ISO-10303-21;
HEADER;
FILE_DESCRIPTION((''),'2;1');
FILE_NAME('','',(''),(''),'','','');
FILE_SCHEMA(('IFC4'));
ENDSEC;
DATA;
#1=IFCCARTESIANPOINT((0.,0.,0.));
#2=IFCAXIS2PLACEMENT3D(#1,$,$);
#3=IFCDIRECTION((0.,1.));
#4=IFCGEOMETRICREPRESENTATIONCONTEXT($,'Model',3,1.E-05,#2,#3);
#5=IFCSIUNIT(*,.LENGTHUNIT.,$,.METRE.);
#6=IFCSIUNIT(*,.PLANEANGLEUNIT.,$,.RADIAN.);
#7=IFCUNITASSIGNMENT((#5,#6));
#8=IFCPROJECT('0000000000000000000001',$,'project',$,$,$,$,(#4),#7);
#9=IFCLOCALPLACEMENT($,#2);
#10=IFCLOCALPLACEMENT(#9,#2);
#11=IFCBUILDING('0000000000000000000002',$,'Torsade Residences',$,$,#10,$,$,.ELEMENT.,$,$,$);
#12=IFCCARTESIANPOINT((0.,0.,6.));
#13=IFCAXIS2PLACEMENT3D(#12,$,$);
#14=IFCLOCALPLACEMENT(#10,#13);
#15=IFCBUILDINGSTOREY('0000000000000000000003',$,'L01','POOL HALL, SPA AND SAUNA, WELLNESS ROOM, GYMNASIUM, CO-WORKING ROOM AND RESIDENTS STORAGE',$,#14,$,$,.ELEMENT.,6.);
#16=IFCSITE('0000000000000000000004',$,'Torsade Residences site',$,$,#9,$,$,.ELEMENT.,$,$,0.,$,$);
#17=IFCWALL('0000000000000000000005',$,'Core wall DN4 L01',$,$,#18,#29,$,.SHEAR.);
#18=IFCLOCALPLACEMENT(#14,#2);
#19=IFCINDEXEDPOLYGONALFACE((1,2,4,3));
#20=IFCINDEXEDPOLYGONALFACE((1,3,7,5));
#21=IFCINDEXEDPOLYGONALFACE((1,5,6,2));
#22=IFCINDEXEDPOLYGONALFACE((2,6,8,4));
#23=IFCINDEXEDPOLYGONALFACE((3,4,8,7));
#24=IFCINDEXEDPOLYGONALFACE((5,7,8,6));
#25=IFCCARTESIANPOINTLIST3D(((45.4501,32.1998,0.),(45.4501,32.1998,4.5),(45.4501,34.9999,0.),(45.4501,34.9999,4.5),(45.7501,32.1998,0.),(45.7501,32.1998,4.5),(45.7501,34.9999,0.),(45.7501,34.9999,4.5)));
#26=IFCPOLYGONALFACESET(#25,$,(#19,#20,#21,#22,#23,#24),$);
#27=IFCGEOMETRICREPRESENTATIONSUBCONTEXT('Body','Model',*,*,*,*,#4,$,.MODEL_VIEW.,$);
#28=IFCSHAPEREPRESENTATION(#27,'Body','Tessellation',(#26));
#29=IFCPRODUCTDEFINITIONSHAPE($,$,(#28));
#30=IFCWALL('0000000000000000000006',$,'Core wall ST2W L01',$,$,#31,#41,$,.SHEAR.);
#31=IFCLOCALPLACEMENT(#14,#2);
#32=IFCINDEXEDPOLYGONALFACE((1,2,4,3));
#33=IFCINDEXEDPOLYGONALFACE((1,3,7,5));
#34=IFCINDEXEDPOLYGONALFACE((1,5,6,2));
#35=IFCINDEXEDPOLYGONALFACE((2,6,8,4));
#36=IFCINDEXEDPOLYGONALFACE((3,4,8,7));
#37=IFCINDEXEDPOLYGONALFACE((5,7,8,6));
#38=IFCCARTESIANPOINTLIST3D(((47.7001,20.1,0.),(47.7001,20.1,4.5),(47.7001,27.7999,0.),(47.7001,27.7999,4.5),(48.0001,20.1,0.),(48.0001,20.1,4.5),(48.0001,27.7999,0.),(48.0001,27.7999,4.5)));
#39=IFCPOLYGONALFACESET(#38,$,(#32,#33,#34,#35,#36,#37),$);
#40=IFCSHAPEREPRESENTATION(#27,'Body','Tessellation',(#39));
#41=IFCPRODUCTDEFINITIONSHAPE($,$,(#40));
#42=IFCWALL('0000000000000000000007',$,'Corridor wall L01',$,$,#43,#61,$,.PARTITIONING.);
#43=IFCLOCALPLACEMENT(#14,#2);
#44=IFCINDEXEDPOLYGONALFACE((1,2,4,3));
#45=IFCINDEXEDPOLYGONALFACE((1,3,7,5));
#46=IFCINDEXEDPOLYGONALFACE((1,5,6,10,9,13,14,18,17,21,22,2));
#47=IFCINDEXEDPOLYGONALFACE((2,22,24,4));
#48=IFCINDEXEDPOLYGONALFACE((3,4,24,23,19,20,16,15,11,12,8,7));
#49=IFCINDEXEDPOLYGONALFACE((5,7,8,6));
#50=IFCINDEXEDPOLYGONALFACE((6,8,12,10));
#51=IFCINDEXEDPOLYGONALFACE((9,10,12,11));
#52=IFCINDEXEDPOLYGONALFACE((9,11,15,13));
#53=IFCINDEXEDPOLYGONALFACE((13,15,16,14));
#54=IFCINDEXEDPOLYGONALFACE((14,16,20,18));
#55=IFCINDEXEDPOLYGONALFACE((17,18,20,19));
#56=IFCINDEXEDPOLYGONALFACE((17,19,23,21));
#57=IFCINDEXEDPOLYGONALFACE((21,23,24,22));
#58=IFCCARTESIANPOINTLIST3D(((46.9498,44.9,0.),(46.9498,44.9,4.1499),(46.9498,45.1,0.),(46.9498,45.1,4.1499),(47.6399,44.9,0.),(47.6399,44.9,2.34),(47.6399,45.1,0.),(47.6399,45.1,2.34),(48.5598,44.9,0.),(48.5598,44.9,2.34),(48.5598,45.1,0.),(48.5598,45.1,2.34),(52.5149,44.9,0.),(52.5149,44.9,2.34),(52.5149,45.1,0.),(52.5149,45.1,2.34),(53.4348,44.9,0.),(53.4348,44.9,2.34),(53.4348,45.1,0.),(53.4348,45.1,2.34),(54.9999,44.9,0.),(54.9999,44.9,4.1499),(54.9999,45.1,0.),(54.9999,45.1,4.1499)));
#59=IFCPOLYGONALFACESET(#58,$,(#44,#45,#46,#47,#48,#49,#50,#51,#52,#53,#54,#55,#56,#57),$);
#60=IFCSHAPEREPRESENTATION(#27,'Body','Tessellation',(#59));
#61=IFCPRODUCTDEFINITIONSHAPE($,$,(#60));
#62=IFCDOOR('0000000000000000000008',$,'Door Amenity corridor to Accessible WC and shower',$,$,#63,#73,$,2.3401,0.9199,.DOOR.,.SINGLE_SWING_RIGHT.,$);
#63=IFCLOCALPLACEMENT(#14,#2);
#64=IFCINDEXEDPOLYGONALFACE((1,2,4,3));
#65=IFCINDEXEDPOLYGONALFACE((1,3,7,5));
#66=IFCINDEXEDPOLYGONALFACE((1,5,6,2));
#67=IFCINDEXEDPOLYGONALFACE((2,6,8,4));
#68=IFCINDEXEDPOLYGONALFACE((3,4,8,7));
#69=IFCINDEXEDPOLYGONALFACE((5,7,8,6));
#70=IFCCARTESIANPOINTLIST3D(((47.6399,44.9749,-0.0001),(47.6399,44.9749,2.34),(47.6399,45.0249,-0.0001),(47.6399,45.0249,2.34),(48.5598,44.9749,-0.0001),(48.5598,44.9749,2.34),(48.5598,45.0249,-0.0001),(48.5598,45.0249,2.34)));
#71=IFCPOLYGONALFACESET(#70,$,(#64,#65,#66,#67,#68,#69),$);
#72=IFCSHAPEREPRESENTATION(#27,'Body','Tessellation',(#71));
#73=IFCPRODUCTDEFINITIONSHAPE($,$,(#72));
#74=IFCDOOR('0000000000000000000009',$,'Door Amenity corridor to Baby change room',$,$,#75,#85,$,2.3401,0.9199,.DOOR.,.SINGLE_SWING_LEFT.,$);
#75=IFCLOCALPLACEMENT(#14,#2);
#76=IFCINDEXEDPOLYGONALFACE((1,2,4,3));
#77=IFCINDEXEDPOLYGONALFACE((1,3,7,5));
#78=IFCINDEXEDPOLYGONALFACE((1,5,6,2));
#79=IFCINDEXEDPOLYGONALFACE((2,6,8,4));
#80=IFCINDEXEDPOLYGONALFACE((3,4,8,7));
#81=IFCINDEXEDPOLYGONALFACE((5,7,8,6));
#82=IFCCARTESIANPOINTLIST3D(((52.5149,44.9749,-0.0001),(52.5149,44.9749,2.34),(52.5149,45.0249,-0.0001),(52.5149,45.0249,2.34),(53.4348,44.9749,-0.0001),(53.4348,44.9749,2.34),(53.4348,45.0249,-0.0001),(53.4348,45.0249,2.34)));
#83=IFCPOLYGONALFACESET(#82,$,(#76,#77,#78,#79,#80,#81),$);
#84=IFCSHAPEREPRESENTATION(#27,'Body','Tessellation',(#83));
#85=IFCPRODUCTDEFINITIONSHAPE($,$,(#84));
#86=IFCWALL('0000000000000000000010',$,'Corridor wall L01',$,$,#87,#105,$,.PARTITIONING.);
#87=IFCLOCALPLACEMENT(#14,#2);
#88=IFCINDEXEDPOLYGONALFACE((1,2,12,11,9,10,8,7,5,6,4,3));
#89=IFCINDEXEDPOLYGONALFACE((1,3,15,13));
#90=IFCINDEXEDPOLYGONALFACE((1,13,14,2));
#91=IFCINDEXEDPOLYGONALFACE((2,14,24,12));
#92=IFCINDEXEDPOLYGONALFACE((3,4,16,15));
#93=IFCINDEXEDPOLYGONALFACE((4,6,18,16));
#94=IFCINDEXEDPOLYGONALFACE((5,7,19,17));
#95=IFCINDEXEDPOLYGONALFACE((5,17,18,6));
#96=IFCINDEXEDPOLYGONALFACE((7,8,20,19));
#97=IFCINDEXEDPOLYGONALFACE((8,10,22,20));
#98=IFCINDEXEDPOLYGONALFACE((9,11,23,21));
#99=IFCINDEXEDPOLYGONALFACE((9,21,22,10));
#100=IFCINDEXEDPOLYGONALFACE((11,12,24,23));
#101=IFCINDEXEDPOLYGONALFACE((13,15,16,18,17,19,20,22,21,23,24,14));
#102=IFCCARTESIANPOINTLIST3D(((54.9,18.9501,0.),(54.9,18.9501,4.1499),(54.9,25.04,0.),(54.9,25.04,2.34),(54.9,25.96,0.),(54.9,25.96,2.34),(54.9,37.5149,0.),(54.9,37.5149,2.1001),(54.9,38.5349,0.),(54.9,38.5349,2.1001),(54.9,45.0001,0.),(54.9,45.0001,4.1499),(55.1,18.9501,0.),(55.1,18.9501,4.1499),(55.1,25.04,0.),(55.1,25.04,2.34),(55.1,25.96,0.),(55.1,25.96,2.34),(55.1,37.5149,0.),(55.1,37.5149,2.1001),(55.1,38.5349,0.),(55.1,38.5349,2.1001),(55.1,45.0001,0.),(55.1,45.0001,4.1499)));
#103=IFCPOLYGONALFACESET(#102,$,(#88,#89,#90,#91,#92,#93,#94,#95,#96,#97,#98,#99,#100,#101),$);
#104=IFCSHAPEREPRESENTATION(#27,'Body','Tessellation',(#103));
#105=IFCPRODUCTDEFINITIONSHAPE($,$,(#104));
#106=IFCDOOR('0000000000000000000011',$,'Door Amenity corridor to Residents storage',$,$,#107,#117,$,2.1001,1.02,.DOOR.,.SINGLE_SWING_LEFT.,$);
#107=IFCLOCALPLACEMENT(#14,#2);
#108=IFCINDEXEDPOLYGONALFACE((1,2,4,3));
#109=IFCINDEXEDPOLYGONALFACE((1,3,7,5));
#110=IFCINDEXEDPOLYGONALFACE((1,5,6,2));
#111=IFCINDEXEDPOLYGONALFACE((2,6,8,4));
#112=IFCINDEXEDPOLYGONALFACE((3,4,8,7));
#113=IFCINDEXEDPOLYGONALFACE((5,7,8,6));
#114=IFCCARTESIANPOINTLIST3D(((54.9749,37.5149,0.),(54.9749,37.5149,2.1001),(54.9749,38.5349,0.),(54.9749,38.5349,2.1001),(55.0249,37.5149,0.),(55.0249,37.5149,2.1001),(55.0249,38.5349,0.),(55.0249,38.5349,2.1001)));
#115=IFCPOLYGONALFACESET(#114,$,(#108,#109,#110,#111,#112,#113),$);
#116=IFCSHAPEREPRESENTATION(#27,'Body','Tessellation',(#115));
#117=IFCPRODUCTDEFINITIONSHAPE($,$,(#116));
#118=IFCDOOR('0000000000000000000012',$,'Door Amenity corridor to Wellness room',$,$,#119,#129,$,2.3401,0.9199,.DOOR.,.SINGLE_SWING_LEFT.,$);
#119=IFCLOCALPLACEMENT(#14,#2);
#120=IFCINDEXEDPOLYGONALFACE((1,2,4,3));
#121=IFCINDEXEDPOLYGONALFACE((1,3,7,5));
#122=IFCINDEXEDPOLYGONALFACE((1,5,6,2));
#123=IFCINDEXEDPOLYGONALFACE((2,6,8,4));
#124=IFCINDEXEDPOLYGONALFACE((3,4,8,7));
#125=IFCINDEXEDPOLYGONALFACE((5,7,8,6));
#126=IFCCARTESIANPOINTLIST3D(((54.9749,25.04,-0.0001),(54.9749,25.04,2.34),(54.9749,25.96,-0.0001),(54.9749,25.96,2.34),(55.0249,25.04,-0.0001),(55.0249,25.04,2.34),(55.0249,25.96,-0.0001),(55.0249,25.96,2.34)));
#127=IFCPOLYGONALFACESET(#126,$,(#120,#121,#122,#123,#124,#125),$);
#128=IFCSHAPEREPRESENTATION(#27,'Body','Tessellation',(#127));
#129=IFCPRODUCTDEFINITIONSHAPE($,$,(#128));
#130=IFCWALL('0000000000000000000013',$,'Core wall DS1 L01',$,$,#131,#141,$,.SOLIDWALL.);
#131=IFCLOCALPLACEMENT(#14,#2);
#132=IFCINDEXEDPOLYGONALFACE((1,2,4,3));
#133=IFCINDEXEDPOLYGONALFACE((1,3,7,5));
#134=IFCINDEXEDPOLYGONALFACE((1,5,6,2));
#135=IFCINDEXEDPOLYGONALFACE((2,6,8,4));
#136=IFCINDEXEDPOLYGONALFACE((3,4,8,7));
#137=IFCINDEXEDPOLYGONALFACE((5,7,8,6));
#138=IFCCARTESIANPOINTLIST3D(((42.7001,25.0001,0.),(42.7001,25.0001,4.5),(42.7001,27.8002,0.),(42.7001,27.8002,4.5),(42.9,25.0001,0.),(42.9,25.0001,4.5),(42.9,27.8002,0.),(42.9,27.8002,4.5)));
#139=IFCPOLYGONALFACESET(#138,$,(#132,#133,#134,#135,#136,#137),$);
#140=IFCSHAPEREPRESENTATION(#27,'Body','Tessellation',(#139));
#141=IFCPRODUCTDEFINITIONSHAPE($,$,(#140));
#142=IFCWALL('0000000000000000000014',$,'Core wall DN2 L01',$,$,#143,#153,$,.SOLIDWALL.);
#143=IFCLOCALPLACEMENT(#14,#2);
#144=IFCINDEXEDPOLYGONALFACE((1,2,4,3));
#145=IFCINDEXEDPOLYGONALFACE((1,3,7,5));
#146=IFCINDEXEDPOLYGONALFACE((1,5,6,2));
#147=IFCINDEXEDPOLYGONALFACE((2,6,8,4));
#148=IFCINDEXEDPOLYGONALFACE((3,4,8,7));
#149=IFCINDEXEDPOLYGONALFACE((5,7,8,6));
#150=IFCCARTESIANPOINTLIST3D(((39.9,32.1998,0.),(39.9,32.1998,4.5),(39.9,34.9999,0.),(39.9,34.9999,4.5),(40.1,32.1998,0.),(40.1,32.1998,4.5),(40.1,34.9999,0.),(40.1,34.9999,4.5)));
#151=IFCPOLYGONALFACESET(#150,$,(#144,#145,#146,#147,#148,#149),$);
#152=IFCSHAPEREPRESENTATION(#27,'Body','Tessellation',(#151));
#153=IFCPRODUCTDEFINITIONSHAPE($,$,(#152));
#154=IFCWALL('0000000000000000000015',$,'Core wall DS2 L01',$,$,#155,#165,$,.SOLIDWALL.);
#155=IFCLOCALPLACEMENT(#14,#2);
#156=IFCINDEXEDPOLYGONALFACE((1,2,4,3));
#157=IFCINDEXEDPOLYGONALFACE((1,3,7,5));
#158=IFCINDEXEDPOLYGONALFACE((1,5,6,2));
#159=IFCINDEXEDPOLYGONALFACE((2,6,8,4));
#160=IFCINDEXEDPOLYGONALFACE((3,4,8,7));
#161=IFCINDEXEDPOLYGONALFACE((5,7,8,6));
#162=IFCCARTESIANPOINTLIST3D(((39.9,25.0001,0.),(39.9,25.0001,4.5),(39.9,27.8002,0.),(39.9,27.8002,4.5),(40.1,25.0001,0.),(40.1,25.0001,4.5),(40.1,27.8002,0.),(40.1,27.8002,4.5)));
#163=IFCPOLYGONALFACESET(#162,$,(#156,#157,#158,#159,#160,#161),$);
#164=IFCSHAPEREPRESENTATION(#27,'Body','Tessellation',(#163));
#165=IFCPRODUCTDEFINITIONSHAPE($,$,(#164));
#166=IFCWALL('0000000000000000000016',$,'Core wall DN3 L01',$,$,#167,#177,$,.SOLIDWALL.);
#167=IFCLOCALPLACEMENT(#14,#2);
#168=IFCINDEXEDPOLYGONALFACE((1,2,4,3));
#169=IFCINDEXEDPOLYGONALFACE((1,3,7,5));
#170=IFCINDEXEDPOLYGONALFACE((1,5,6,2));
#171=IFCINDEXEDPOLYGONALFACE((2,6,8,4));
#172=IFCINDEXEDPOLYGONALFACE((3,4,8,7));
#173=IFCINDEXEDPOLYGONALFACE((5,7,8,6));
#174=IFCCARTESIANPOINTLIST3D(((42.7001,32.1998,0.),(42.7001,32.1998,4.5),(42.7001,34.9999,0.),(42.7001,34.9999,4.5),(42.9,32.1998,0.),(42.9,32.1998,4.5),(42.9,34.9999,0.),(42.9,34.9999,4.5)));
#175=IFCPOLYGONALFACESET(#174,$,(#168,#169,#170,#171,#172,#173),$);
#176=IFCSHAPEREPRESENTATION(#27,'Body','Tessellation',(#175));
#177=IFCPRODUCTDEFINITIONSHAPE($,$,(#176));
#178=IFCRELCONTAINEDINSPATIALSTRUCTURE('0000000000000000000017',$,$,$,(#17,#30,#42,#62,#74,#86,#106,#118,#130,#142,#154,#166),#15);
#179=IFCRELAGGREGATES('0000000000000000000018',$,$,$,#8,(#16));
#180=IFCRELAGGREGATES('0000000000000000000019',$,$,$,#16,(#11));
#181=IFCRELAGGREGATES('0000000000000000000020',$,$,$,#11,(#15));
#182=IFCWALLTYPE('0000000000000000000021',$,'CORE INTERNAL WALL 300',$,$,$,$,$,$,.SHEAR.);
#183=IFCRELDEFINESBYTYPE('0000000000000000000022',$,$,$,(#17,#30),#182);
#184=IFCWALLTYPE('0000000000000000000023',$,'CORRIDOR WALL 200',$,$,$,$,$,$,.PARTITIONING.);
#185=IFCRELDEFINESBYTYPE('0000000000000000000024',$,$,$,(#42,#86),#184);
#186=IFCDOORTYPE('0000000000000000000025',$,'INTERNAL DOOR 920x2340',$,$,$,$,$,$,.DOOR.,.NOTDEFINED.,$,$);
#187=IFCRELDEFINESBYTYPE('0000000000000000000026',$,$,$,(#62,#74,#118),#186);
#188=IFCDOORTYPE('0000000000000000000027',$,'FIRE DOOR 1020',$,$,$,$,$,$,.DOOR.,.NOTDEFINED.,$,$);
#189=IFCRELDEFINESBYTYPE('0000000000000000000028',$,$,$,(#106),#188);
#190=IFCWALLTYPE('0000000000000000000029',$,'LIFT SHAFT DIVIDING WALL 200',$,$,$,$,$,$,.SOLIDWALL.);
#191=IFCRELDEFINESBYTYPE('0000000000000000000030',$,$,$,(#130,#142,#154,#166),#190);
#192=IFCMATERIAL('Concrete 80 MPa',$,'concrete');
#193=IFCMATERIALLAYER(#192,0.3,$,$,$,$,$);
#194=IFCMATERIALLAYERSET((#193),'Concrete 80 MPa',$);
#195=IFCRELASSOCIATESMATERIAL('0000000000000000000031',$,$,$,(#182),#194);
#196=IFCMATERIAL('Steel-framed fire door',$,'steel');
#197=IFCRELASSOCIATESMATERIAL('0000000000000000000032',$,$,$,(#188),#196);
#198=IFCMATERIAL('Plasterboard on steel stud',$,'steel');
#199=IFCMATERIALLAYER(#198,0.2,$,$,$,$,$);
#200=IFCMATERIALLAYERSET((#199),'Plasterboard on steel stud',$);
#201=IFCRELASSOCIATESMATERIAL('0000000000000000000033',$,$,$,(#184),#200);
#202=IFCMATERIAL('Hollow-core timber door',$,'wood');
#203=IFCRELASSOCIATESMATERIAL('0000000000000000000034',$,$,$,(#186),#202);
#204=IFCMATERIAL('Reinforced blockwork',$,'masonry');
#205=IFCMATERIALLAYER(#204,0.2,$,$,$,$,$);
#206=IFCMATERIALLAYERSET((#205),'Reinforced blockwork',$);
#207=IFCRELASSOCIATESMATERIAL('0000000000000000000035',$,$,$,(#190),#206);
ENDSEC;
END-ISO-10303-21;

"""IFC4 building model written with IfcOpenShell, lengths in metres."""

from ifc_helpers import new_model, si_unit, direction, frame, frame_2d, origin, place, context, subcontext, project, spatial, rectangle, extrude, material, layer, layer_set, type_object, element, fill, save


model = new_model("IFC4")

# Units and contexts
model_context = context("Model", 3, precision=1e-05, world=origin(), true_north=direction((0.0, 1.0)))
body_context = subcontext(model_context, "Body", "Model", "MODEL_VIEW")
ifc_project = project(units=[si_unit("LENGTHUNIT", "METRE"), si_unit("PLANEANGLEUNIT", "RADIAN")], contexts=[model_context])

# Site, building, storey
site_placement = place(None, origin())
site = spatial("IfcSite", under=ifc_project, at=site_placement, Name="Torsade Residences site", CompositionType="ELEMENT", RefElevation=0.0)
building_placement = place(site_placement, origin())
building = spatial("IfcBuilding", under=site, at=building_placement, Name="Torsade Residences", CompositionType="ELEMENT")
storey_placement = place(building_placement, frame((0.0, 0.0, 6.0)))
storey = spatial("IfcBuildingStorey", under=building, at=storey_placement, Name="L01", Description="POOL HALL, SPA AND SAUNA, WELLNESS ROOM, GYMNASIUM, CO-WORKING ROOM AND RESIDENTS STORAGE", CompositionType="ELEMENT", Elevation=6.0)

# Shared definitions
ifc_material_1 = material(Name="Concrete 80 MPa", Category="concrete")
ifc_layer_1 = layer(ifc_material_1, 0.3)
ifc_layer_set_1 = layer_set([ifc_layer_1], Name="Concrete 80 MPa")
wall_type_1 = type_object("IfcWallType", Name="CORE INTERNAL WALL 300", PredefinedType="SHEAR", material=ifc_layer_set_1)
ifc_material_2 = material(Name="Steel-framed fire door", Category="steel")
door_type_1 = type_object("IfcDoorType", Name="FIRE DOOR 1020", OperationType="NOTDEFINED", PredefinedType="DOOR", material=ifc_material_2)

# Walls
for number, where, z_axis, x_axis, name in (
    (1, (45.6001, 32.2, 0.0), (0.0, 0.0, 1.0), (0.0, 1.0, 0.0), "Core wall DN4 L01"),
):
    element("IfcWall", number, at=place(storey_placement, frame(where, z_axis=z_axis, x_axis=x_axis)), inside=storey, type_object=wall_type_1, Name=name, PredefinedType="SHEAR", context=body_context, shape_type="SweptSolid", body=[
        extrude(rectangle(XDim=2.8, YDim=0.3, at=frame_2d((1.3999, 0.0))), origin(), (0.0, 0.0, 1.0), 4.5),
    ])
wall_1_placement = place(storey_placement, frame((47.8501, 27.8, 0.0), z_axis=(0.0, 0.0, 1.0), x_axis=(0.0, -1.0, 0.0)))
element("IfcWall", 2, at=wall_1_placement, inside=storey, type_object=wall_type_1, Name="Core wall ST2W L01", PredefinedType="SHEAR", context=body_context, shape_type="SweptSolid", body=[
    extrude(rectangle(XDim=7.7, YDim=0.3, at=frame_2d((3.8501, 0.0))), origin(), (0.0, 0.0, 1.0), 4.5),
])

# Walls, openings, doors
ifc_material_3 = material(Name="Plasterboard on steel stud", Category="steel")
ifc_layer_2 = layer(ifc_material_3, 0.2)
ifc_layer_set_2 = layer_set([ifc_layer_2], Name="Plasterboard on steel stud")
wall_type_2 = type_object("IfcWallType", Name="CORRIDOR WALL 200", PredefinedType="PARTITIONING", material=ifc_layer_set_2)
wall_2_placement = place(storey_placement, frame((46.95, 45.0, 0.0), z_axis=(0.0, 0.0, 1.0), x_axis=(1.0, 0.0, 0.0)))
wall_2 = element("IfcWall", 3, at=wall_2_placement, inside=storey, type_object=wall_type_2, Name="Corridor wall L01", PredefinedType="PARTITIONING", context=body_context, shape_type="SweptSolid", body=[
    extrude(rectangle(XDim=8.05, YDim=0.2, at=frame_2d((4.0249, 0.0))), origin(), (0.0, 0.0, 1.0), 4.1499),
])
opening_1_placement = place(wall_2_placement, frame((0.6899, 0.0, 0.0)))
opening_1 = element("IfcOpeningElement", 4, at=opening_1_placement, cuts=wall_2, PredefinedType="OPENING", context=body_context, shape_type="SweptSolid", body=[
    extrude(rectangle(XDim=0.9199, YDim=2.3401, at=frame_2d((0.46, 1.1699))), frame((0.0, 0.1099, 0.0), z_axis=(0.0, -1.0, 0.0), x_axis=(1.0, 0.0, 0.0)), (0.0, 0.0, 1.0), 0.22),
])
opening_2_placement = place(wall_2_placement, frame((5.5649, 0.0, 0.0)))
opening_2 = element("IfcOpeningElement", 5, at=opening_2_placement, cuts=wall_2, PredefinedType="OPENING", context=body_context, shape_type="SweptSolid", body=[
    extrude(rectangle(XDim=0.9199, YDim=2.3401, at=frame_2d((0.46, 1.1699))), frame((0.0, 0.1099, 0.0), z_axis=(0.0, -1.0, 0.0), x_axis=(1.0, 0.0, 0.0)), (0.0, 0.0, 1.0), 0.22),
])
ifc_material_4 = material(Name="Hollow-core timber door", Category="wood")
door_type_2 = type_object("IfcDoorType", Name="INTERNAL DOOR 920x2340", OperationType="NOTDEFINED", PredefinedType="DOOR", material=ifc_material_4)
door_1_placement = place(opening_1_placement, origin())
door_1 = element("IfcDoor", 6, at=door_1_placement, inside=storey, type_object=door_type_2, Name="Door Amenity corridor to Accessible WC and shower", OperationType="SINGLE_SWING_RIGHT", OverallHeight=2.3401, OverallWidth=0.9199, PredefinedType="DOOR", context=body_context, shape_type="SweptSolid", body=[
    extrude(rectangle(XDim=0.9199, YDim=2.3401, at=frame_2d((0.46, 1.1699))), frame((0.0, 0.0249, 0.0), z_axis=(0.0, -1.0, 0.0), x_axis=(1.0, 0.0, 0.0)), (0.0, 0.0, 1.0), 0.05),
])
fill(opening_1, door_1)
door_2_placement = place(opening_2_placement, origin())
door_2 = element("IfcDoor", 7, at=door_2_placement, inside=storey, type_object=door_type_2, Name="Door Amenity corridor to Baby change room", OperationType="SINGLE_SWING_LEFT", OverallHeight=2.3401, OverallWidth=0.9199, PredefinedType="DOOR", context=body_context, shape_type="SweptSolid", body=[
    extrude(rectangle(XDim=0.9199, YDim=2.3401, at=frame_2d((0.46, 1.1699))), frame((0.0, 0.0249, 0.0), z_axis=(0.0, -1.0, 0.0), x_axis=(1.0, 0.0, 0.0)), (0.0, 0.0, 1.0), 0.05),
])
fill(opening_2, door_2)
wall_3_placement = place(storey_placement, frame((55.0, 45.0, 0.0), z_axis=(0.0, 0.0, 1.0), x_axis=(0.0, -1.0, 0.0)))
wall_3 = element("IfcWall", 8, at=wall_3_placement, inside=storey, type_object=wall_type_2, Name="Corridor wall L01", PredefinedType="PARTITIONING", context=body_context, shape_type="SweptSolid", body=[
    extrude(rectangle(XDim=26.05, YDim=0.2, at=frame_2d((13.0249, 0.0))), origin(), (0.0, 0.0, 1.0), 4.1499),
])
opening_3_placement = place(wall_3_placement, frame((19.04, 0.0, 0.0)))
opening_3 = element("IfcOpeningElement", 9, at=opening_3_placement, cuts=wall_3, PredefinedType="OPENING", context=body_context, shape_type="SweptSolid", body=[
    extrude(rectangle(XDim=0.9199, YDim=2.3401, at=frame_2d((0.46, 1.1699))), frame((0.0, 0.1099, 0.0), z_axis=(0.0, -1.0, 0.0), x_axis=(1.0, 0.0, 0.0)), (0.0, 0.0, 1.0), 0.22),
])
opening_4_placement = place(wall_3_placement, frame((6.4651, 0.0, 0.0)))
opening_4 = element("IfcOpeningElement", 10, at=opening_4_placement, cuts=wall_3, PredefinedType="OPENING", context=body_context, shape_type="SweptSolid", body=[
    extrude(rectangle(XDim=1.02, YDim=2.1001, at=frame_2d((0.51, 1.05))), frame((0.0, 0.1099, 0.0), z_axis=(0.0, -1.0, 0.0), x_axis=(1.0, 0.0, 0.0)), (0.0, 0.0, 1.0), 0.22),
])
door_3_placement = place(opening_4_placement, origin())
door_3 = element("IfcDoor", 11, at=door_3_placement, inside=storey, type_object=door_type_1, Name="Door Amenity corridor to Residents storage", OperationType="SINGLE_SWING_LEFT", OverallHeight=2.1001, OverallWidth=1.02, PredefinedType="DOOR", context=body_context, shape_type="SweptSolid", body=[
    extrude(rectangle(XDim=1.02, YDim=2.1001, at=frame_2d((0.51, 1.05))), frame((0.0, 0.0249, 0.0), z_axis=(0.0, -1.0, 0.0), x_axis=(1.0, 0.0, 0.0)), (0.0, 0.0, 1.0), 0.05),
])
fill(opening_4, door_3)
door_4_placement = place(opening_3_placement, origin())
door_4 = element("IfcDoor", 12, at=door_4_placement, inside=storey, type_object=door_type_2, Name="Door Amenity corridor to Wellness room", OperationType="SINGLE_SWING_LEFT", OverallHeight=2.3401, OverallWidth=0.9199, PredefinedType="DOOR", context=body_context, shape_type="SweptSolid", body=[
    extrude(rectangle(XDim=0.9199, YDim=2.3401, at=frame_2d((0.46, 1.1699))), frame((0.0, 0.0249, 0.0), z_axis=(0.0, -1.0, 0.0), x_axis=(1.0, 0.0, 0.0)), (0.0, 0.0, 1.0), 0.05),
])
fill(opening_3, door_4)

# Walls
ifc_material_5 = material(Name="Reinforced blockwork", Category="masonry")
ifc_layer_3 = layer(ifc_material_5, 0.2)
ifc_layer_set_3 = layer_set([ifc_layer_3], Name="Reinforced blockwork")
wall_type_3 = type_object("IfcWallType", Name="LIFT SHAFT DIVIDING WALL 200", PredefinedType="SOLIDWALL", material=ifc_layer_set_3)
for number, where, z_axis, x_axis, name in (
    (13, (42.8, 27.8, 0.0), (0.0, 0.0, 1.0), (0.0, -1.0, 0.0), "Core wall DS1 L01"),
    (14, (40.0, 32.2, 0.0), (0.0, 0.0, 1.0), (0.0, 1.0, 0.0), "Core wall DN2 L01"),
    (15, (40.0, 27.8, 0.0), (0.0, 0.0, 1.0), (0.0, -1.0, 0.0), "Core wall DS2 L01"),
    (16, (42.8, 32.2, 0.0), (0.0, 0.0, 1.0), (0.0, 1.0, 0.0), "Core wall DN3 L01"),
):
    element("IfcWall", number, at=place(storey_placement, frame(where, z_axis=z_axis, x_axis=x_axis)), inside=storey, type_object=wall_type_3, Name=name, PredefinedType="SOLIDWALL", context=body_context, shape_type="SweptSolid", body=[
        extrude(rectangle(XDim=2.8, YDim=0.2, at=frame_2d((1.3999, 0.0))), origin(), (0.0, 0.0, 1.0), 4.5),
    ])

save(model, "model.ifc")
